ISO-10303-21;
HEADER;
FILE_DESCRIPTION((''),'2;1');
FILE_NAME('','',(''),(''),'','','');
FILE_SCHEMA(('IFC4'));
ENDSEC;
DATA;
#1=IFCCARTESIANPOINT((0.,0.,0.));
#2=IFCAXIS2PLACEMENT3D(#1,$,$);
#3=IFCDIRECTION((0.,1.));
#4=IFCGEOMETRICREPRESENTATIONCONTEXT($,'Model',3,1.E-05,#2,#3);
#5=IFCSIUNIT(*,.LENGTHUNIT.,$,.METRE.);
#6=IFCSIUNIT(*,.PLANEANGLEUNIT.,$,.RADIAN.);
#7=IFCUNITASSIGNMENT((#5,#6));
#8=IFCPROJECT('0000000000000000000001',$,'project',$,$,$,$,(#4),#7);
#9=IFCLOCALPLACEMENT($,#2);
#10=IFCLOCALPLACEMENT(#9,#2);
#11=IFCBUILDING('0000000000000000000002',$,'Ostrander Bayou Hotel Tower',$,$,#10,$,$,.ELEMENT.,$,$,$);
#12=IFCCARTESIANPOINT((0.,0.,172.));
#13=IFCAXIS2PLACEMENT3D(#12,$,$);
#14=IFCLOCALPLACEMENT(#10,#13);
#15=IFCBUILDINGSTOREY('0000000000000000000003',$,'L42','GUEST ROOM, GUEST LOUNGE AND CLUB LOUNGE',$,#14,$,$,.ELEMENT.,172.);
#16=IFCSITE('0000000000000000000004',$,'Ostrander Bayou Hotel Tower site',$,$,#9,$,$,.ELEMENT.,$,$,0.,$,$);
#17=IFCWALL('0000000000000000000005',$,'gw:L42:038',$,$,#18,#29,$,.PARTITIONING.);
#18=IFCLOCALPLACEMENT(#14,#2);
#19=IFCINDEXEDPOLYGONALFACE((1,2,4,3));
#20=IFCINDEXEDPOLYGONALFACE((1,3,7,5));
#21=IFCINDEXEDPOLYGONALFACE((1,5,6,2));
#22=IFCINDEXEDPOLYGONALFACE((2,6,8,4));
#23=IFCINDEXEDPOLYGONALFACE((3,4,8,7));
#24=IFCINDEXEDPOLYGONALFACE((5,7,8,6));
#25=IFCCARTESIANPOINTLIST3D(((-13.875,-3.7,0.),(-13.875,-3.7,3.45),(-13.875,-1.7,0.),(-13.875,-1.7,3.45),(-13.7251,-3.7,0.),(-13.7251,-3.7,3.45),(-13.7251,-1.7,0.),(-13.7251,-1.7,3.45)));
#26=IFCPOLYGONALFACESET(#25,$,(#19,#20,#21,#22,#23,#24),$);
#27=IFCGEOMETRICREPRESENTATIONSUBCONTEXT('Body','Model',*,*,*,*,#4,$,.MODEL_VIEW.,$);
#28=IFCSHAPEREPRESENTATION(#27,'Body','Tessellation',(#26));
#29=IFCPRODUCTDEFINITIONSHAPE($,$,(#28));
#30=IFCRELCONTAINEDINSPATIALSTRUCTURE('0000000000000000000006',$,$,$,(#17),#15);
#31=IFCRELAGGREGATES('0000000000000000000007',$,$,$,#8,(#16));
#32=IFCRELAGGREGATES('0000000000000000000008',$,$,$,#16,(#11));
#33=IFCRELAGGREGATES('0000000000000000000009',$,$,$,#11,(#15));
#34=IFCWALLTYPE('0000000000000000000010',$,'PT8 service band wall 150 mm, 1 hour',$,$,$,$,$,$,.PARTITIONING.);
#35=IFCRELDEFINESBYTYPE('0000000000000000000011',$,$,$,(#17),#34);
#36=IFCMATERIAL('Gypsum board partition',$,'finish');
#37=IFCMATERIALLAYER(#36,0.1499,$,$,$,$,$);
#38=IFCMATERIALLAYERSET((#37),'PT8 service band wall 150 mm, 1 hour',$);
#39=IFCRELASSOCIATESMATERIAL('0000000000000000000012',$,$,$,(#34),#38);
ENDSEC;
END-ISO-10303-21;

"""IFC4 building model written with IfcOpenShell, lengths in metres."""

from ifc_helpers import new_model, si_unit, direction, frame, frame_2d, origin, place, context, subcontext, project, spatial, rectangle, extrude, material, layer, layer_set, type_object, element, save


model = new_model("IFC4")

# Units and contexts
model_context = context("Model", 3, precision=1e-05, world=origin(), true_north=direction((0.0, 1.0)))
body_context = subcontext(model_context, "Body", "Model", "MODEL_VIEW")
ifc_project = project(units=[si_unit("LENGTHUNIT", "METRE"), si_unit("PLANEANGLEUNIT", "RADIAN")], contexts=[model_context])

# Site, building, storey
site_placement = place(None, origin())
site = spatial("IfcSite", under=ifc_project, at=site_placement, Name="Ostrander Bayou Hotel Tower site", CompositionType="ELEMENT", RefElevation=0.0)
building_placement = place(site_placement, origin())
building = spatial("IfcBuilding", under=site, at=building_placement, Name="Ostrander Bayou Hotel Tower", CompositionType="ELEMENT")
storey_placement = place(building_placement, frame((0.0, 0.0, 172.0)))
storey = spatial("IfcBuildingStorey", under=building, at=storey_placement, Name="L42", Description="GUEST ROOM, GUEST LOUNGE AND CLUB LOUNGE", CompositionType="ELEMENT", Elevation=172.0)

# Shared definitions
ifc_material_1 = material(Name="Gypsum board partition", Category="finish")
ifc_layer_1 = layer(ifc_material_1, 0.1499)
ifc_layer_set_1 = layer_set([ifc_layer_1], Name="PT8 service band wall 150 mm, 1 hour")
wall_type_1 = type_object("IfcWallType", Name="PT8 service band wall 150 mm, 1 hour", PredefinedType="PARTITIONING", material=ifc_layer_set_1)

# Wall
wall_1_placement = place(storey_placement, frame((-13.8, -3.7, 0.0), z_axis=(0.0, 0.0, 1.0), x_axis=(0.0, 1.0, 0.0)))
element("IfcWall", 1, at=wall_1_placement, inside=storey, type_object=wall_type_1, Name="gw:L42:038", PredefinedType="PARTITIONING", context=body_context, shape_type="SweptSolid", body=[
    extrude(rectangle(XDim=2.0, YDim=0.1499, at=frame_2d((1.0, 0.0))), origin(), (0.0, 0.0, 1.0), 3.45),
])

save(model, "model.ifc")
